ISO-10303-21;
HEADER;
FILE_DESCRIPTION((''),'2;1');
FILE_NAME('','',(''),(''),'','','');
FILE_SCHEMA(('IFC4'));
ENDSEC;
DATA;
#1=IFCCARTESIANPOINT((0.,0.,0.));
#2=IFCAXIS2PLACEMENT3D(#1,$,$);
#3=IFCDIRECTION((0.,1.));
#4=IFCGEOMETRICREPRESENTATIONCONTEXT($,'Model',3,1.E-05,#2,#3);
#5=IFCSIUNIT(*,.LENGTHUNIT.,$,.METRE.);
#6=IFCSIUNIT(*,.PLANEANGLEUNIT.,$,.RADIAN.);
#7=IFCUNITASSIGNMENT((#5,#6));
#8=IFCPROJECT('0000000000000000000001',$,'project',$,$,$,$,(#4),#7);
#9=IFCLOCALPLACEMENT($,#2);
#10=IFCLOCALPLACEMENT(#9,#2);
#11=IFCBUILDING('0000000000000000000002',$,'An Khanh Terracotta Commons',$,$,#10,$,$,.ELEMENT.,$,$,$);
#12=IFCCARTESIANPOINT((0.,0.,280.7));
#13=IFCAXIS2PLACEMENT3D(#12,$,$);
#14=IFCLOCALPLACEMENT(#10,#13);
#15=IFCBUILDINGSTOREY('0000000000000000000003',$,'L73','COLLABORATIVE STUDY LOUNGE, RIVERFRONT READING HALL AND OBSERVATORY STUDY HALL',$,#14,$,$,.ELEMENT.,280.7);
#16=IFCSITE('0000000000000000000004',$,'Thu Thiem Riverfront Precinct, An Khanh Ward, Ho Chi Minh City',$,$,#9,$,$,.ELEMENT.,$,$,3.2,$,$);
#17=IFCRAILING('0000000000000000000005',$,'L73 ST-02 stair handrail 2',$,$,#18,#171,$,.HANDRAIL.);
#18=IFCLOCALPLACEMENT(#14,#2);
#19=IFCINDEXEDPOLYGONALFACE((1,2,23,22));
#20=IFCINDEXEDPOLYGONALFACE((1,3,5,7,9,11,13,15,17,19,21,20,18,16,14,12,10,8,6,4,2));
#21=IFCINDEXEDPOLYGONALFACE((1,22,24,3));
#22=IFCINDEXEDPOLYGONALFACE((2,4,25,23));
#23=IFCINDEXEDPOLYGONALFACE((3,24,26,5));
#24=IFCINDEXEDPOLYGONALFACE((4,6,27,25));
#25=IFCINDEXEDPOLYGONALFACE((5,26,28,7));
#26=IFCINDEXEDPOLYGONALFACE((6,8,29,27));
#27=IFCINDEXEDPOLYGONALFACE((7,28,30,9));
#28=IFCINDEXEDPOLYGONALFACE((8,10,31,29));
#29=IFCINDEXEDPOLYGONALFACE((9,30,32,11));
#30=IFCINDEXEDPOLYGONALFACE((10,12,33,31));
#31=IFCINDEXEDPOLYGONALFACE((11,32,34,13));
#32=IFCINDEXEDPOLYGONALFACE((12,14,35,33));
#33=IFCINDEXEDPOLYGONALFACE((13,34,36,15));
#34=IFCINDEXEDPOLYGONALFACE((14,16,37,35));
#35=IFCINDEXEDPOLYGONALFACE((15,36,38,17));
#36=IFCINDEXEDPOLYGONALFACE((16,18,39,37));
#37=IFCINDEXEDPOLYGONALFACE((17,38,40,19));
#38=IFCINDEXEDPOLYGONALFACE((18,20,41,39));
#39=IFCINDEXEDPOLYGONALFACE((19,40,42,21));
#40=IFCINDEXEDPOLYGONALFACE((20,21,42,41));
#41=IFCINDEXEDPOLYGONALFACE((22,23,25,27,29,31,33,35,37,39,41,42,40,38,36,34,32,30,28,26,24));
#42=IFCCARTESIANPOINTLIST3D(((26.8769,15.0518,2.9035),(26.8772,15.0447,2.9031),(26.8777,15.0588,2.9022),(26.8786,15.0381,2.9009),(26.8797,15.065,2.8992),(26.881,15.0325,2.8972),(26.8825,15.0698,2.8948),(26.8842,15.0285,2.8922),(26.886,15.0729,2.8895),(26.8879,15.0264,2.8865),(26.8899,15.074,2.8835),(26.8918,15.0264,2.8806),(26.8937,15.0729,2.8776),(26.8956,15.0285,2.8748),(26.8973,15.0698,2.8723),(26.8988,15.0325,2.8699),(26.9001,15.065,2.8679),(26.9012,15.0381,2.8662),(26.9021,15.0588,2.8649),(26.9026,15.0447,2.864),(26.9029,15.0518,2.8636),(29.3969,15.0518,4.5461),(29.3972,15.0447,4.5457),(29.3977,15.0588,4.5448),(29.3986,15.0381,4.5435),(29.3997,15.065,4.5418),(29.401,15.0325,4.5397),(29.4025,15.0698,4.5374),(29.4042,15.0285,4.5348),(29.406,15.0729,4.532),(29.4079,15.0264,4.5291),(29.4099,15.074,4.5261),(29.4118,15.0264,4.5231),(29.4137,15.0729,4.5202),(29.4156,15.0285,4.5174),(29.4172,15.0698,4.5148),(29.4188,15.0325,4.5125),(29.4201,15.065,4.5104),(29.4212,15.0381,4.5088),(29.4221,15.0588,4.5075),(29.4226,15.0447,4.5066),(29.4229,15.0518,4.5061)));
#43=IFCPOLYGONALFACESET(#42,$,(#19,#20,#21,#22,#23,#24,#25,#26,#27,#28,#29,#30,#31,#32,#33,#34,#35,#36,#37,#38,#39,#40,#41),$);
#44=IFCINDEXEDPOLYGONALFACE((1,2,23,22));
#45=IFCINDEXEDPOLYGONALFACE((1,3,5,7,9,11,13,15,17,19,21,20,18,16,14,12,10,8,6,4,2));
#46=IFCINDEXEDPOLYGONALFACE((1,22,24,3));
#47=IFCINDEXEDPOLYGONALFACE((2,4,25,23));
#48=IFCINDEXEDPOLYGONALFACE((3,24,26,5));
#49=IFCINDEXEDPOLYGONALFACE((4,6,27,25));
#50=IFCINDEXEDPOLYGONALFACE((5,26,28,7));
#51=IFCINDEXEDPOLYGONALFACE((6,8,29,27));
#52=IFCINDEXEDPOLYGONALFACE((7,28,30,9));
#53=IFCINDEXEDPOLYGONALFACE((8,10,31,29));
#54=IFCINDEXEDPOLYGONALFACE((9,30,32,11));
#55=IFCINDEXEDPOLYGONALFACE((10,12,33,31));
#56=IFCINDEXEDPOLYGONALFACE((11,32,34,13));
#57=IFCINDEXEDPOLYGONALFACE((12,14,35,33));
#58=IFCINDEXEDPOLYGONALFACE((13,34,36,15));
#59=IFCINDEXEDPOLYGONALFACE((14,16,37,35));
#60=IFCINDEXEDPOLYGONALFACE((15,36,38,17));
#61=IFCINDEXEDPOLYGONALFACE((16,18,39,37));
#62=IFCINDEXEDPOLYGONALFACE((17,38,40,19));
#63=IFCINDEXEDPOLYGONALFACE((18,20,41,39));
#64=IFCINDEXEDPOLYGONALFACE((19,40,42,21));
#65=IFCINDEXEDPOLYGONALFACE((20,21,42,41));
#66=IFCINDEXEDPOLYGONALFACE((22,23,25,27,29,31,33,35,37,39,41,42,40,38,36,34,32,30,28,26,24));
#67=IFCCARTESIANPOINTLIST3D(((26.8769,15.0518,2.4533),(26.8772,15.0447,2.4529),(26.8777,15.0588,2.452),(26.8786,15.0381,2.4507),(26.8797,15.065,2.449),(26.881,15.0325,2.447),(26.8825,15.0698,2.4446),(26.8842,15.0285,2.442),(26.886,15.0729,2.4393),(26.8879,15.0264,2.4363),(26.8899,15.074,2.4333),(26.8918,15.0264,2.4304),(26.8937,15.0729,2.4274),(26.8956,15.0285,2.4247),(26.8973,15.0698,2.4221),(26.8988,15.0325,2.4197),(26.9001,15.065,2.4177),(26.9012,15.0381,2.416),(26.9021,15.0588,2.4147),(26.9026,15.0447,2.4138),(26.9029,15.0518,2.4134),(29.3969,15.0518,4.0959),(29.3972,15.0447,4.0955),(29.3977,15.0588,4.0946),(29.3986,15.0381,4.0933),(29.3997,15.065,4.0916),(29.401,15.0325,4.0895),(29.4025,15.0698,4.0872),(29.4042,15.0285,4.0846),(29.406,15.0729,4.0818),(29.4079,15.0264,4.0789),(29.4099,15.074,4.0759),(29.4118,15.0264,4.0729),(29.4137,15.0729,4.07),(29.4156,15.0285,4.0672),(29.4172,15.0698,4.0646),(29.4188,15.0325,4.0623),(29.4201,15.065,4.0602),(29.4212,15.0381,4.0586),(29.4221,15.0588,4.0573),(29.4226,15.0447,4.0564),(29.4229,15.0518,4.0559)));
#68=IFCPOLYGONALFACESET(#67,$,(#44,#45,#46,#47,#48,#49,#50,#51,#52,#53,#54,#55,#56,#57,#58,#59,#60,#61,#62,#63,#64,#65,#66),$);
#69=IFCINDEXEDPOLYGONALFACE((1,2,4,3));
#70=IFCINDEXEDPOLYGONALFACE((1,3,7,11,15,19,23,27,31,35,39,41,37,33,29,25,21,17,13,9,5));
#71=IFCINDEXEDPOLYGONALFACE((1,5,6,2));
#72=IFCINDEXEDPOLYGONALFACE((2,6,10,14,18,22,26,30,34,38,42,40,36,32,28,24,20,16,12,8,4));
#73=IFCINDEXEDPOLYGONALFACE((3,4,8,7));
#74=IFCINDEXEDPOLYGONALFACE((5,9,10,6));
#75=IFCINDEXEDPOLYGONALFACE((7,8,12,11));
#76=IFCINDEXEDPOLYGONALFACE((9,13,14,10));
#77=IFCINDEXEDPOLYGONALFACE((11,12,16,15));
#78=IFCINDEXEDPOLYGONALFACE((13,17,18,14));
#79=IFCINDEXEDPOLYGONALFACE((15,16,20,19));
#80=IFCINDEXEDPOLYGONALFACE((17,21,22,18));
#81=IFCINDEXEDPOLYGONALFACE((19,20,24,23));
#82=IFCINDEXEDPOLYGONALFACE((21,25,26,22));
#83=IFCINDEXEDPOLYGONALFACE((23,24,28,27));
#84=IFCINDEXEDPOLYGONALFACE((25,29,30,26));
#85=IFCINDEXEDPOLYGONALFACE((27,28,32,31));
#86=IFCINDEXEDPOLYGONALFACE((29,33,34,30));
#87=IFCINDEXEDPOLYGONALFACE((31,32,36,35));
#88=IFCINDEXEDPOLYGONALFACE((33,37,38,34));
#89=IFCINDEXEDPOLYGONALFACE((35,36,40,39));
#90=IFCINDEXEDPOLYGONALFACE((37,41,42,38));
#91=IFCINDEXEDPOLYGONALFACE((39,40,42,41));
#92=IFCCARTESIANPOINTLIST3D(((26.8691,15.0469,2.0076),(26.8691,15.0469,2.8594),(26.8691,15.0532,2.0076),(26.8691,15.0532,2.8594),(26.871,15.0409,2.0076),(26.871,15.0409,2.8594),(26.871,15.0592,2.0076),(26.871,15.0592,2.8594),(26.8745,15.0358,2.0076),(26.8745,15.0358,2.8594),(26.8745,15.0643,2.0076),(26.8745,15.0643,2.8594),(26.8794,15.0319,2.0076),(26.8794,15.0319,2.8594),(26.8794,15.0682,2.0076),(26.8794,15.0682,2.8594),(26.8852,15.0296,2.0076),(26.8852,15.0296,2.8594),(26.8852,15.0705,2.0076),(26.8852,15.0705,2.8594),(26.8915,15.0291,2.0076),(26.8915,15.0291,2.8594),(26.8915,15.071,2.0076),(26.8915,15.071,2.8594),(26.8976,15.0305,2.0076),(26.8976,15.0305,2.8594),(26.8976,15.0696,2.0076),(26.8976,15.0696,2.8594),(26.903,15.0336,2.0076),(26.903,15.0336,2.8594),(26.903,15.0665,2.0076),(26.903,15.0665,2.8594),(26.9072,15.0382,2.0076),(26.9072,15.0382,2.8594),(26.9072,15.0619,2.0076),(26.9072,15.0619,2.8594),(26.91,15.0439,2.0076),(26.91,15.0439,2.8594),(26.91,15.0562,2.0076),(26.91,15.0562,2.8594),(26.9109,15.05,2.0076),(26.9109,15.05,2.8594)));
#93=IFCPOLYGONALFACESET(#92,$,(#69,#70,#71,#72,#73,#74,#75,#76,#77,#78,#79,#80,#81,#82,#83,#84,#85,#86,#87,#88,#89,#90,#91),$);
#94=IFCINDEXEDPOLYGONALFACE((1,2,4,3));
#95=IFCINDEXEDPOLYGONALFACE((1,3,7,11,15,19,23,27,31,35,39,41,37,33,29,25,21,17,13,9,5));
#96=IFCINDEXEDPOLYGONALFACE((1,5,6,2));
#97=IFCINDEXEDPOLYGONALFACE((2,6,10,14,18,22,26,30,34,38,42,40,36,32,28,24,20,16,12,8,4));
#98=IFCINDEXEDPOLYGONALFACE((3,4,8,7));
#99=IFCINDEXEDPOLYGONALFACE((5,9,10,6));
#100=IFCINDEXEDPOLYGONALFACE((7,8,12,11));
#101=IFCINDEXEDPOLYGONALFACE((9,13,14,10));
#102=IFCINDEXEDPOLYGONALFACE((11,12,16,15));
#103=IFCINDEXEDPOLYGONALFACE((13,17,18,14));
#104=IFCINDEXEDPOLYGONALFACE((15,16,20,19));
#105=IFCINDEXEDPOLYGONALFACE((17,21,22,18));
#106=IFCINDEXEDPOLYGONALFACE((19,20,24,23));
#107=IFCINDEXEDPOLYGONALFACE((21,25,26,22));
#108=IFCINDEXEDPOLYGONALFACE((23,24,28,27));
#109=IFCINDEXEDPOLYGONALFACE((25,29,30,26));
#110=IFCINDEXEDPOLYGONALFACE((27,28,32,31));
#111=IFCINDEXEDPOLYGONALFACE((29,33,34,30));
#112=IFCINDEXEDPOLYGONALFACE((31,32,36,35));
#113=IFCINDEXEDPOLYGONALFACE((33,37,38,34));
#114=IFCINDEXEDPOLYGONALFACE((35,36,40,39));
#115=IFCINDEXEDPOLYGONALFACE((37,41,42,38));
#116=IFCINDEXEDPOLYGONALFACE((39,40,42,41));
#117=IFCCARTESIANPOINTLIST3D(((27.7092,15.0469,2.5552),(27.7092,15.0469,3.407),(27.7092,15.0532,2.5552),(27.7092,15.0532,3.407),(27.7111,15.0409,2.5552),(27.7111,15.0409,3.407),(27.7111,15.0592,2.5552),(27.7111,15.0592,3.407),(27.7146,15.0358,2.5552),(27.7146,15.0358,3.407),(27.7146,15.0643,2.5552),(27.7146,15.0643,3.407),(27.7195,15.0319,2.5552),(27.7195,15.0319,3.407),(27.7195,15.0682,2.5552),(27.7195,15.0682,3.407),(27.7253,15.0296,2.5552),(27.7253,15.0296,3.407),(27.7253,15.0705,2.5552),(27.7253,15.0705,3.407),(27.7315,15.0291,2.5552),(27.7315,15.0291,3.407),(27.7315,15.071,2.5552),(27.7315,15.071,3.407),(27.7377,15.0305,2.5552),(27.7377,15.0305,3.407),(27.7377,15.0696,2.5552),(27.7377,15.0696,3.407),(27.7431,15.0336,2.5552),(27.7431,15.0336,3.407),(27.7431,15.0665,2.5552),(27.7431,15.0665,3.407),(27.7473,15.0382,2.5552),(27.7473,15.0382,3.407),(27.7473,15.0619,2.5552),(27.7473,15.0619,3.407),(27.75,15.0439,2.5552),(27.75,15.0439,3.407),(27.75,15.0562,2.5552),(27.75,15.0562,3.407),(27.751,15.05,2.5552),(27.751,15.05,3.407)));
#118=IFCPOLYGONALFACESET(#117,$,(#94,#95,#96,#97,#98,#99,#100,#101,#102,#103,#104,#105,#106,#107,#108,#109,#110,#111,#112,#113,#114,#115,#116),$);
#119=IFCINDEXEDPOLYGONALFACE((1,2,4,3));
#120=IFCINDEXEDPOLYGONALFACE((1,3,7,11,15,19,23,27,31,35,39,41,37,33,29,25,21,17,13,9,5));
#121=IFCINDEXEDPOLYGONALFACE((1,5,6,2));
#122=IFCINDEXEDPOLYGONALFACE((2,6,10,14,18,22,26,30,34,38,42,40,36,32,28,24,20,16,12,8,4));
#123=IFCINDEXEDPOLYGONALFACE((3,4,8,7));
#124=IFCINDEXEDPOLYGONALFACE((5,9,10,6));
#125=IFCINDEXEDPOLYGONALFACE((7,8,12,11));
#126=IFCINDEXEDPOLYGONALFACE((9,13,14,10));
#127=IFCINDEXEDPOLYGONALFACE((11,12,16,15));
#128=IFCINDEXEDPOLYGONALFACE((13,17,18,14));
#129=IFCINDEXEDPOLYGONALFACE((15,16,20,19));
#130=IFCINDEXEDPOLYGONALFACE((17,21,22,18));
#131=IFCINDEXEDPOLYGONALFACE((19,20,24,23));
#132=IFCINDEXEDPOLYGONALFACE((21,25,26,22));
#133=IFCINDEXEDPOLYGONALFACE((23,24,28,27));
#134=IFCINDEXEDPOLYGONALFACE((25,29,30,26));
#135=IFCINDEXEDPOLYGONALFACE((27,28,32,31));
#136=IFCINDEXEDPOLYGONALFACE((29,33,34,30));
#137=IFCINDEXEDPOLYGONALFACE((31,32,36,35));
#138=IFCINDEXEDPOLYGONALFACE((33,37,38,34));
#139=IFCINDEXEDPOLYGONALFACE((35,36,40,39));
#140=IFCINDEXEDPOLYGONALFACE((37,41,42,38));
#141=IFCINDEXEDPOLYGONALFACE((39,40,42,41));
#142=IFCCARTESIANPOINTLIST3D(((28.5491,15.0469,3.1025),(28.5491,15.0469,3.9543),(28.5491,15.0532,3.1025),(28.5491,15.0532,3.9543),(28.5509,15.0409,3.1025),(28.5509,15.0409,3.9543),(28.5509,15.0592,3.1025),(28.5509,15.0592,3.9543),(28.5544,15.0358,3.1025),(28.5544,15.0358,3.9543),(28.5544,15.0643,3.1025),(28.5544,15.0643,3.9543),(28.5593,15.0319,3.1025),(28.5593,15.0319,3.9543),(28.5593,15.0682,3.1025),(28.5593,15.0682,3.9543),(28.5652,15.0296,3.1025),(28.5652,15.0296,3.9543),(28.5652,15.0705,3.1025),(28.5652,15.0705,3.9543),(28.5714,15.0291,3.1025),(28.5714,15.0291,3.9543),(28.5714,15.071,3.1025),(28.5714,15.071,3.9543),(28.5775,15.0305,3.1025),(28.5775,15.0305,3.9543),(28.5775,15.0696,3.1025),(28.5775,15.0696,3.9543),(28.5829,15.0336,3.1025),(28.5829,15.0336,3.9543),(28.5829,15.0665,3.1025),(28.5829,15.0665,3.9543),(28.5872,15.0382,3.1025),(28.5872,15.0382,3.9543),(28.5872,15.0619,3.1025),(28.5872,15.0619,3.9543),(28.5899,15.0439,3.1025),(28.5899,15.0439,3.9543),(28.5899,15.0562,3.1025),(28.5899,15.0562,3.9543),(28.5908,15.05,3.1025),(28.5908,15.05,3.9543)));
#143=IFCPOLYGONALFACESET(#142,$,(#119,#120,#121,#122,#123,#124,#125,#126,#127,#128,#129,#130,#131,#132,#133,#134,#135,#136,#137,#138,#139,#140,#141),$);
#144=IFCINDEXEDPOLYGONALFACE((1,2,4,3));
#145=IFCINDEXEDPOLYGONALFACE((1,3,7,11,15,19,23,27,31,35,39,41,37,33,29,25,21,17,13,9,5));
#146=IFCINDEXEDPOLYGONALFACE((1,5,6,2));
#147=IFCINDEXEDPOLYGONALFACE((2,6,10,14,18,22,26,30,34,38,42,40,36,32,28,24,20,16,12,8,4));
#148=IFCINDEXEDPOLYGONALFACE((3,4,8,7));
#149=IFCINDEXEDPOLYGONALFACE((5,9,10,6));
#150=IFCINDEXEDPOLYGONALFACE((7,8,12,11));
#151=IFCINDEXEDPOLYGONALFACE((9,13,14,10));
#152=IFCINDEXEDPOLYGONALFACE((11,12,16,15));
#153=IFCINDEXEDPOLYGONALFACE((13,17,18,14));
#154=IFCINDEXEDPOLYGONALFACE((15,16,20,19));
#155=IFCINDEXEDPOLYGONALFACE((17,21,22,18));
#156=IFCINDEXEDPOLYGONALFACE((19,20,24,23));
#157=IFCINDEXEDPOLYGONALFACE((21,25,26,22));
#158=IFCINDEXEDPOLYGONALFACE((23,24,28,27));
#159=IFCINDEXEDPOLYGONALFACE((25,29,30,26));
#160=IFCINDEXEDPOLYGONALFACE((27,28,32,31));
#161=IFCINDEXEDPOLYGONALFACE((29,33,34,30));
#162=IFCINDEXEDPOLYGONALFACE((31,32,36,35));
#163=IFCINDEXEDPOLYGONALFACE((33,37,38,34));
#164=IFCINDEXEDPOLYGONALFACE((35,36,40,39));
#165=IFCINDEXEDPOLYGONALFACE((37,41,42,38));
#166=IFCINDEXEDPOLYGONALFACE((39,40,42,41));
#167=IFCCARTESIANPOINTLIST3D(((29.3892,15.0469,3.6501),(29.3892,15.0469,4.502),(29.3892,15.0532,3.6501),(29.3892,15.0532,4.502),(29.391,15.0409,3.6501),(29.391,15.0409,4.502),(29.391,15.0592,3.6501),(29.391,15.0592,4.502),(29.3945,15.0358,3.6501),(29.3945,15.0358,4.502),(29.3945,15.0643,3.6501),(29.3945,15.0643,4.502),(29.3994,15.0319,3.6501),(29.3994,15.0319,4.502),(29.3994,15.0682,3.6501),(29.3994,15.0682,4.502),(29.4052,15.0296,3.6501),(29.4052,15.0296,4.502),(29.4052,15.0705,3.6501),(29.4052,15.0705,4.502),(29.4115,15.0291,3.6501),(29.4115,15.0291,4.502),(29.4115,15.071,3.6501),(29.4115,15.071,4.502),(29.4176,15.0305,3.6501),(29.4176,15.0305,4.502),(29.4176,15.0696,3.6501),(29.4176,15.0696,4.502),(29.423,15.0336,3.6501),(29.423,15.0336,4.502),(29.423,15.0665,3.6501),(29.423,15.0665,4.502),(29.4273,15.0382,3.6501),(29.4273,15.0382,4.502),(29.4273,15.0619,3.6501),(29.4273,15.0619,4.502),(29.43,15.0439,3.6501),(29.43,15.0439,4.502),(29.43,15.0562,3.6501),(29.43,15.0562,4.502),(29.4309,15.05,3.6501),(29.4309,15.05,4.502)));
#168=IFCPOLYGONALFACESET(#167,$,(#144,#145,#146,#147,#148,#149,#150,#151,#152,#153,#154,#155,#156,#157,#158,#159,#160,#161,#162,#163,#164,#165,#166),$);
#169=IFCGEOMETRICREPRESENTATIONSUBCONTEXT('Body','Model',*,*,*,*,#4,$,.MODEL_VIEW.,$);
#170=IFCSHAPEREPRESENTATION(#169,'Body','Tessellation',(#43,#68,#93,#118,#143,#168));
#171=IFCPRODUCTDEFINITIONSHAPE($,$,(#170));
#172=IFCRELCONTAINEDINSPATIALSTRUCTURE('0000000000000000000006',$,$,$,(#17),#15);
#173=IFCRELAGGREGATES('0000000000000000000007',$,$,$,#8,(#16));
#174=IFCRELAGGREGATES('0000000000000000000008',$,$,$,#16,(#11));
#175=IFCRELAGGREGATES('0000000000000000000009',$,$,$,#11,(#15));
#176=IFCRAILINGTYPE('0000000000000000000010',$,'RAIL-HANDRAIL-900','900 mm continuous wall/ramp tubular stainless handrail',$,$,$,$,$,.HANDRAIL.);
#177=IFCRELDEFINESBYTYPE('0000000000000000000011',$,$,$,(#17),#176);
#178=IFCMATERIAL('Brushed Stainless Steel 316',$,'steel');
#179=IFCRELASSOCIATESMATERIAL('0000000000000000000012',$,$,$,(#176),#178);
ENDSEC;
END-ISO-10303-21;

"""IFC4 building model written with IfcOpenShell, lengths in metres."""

from ifc_helpers import new_model, si_unit, direction, frame, origin, origin_2d, place, context, subcontext, project, spatial, circle, extrude, material, type_object, element, save


model = new_model("IFC4")

# Units and contexts
model_context = context("Model", 3, precision=1e-05, world=origin(), true_north=direction((0.0, 1.0)))
body_context = subcontext(model_context, "Body", "Model", "MODEL_VIEW")
ifc_project = project(units=[si_unit("LENGTHUNIT", "METRE"), si_unit("PLANEANGLEUNIT", "RADIAN")], contexts=[model_context])

# Site, building, storey
site_placement = place(None, origin())
site = spatial("IfcSite", under=ifc_project, at=site_placement, Name="Thu Thiem Riverfront Precinct, An Khanh Ward, Ho Chi Minh City", CompositionType="ELEMENT", RefElevation=3.2)
building_placement = place(site_placement, origin())
building = spatial("IfcBuilding", under=site, at=building_placement, Name="An Khanh Terracotta Commons", CompositionType="ELEMENT")
storey_placement = place(building_placement, frame((0.0, 0.0, 280.7)))
storey = spatial("IfcBuildingStorey", under=building, at=storey_placement, Name="L73", Description="COLLABORATIVE STUDY LOUNGE, RIVERFRONT READING HALL AND OBSERVATORY STUDY HALL", CompositionType="ELEMENT", Elevation=280.7)

# Railing
ifc_material_1 = material(Name="Brushed Stainless Steel 316", Category="steel")
railing_type_1 = type_object("IfcRailingType", Name="RAIL-HANDRAIL-900", Description="900 mm continuous wall/ramp tubular stainless handrail", PredefinedType="HANDRAIL", material=ifc_material_1)
for number, where, name in (
    (1, (26.8899, 15.05, 2.0076), "L73 ST-02 stair handrail 2"),
):
    element("IfcRailing", number, at=place(storey_placement, frame(where)), inside=storey, type_object=railing_type_1, Name=name, PredefinedType="HANDRAIL", context=body_context, shape_type="SweptSolid", body=[
        extrude(circle(Radius=0.0239, at=origin_2d()), frame((0.0, 0.0, 0.876), z_axis=(0.837749, 0.0, 0.546055), x_axis=(0.0, 1.0, 0.0)), (0.0, 0.0, 1.0), 3.0081),
        extrude(circle(Radius=0.0239, at=origin_2d()), frame((0.0, 0.0, 0.4258), z_axis=(0.837749, 0.0, 0.546055), x_axis=(0.0, 1.0, 0.0)), (0.0, 0.0, 1.0), 3.0081),
        extrude(circle(Radius=0.021, at=origin_2d()), origin(), (0.0, 0.0, 1.0), 0.8518),
        extrude(circle(Radius=0.021, at=origin_2d()), frame((0.8401, 0.0, 0.5476)), (0.0, 0.0, 1.0), 0.8518),
        extrude(circle(Radius=0.021, at=origin_2d()), frame((1.6799, 0.0, 1.095)), (0.0, 0.0, 1.0), 0.8518),
        extrude(circle(Radius=0.021, at=origin_2d()), frame((2.52, 0.0, 1.6426)), (0.0, 0.0, 1.0), 0.8518),
    ])

save(model, "model.ifc")
